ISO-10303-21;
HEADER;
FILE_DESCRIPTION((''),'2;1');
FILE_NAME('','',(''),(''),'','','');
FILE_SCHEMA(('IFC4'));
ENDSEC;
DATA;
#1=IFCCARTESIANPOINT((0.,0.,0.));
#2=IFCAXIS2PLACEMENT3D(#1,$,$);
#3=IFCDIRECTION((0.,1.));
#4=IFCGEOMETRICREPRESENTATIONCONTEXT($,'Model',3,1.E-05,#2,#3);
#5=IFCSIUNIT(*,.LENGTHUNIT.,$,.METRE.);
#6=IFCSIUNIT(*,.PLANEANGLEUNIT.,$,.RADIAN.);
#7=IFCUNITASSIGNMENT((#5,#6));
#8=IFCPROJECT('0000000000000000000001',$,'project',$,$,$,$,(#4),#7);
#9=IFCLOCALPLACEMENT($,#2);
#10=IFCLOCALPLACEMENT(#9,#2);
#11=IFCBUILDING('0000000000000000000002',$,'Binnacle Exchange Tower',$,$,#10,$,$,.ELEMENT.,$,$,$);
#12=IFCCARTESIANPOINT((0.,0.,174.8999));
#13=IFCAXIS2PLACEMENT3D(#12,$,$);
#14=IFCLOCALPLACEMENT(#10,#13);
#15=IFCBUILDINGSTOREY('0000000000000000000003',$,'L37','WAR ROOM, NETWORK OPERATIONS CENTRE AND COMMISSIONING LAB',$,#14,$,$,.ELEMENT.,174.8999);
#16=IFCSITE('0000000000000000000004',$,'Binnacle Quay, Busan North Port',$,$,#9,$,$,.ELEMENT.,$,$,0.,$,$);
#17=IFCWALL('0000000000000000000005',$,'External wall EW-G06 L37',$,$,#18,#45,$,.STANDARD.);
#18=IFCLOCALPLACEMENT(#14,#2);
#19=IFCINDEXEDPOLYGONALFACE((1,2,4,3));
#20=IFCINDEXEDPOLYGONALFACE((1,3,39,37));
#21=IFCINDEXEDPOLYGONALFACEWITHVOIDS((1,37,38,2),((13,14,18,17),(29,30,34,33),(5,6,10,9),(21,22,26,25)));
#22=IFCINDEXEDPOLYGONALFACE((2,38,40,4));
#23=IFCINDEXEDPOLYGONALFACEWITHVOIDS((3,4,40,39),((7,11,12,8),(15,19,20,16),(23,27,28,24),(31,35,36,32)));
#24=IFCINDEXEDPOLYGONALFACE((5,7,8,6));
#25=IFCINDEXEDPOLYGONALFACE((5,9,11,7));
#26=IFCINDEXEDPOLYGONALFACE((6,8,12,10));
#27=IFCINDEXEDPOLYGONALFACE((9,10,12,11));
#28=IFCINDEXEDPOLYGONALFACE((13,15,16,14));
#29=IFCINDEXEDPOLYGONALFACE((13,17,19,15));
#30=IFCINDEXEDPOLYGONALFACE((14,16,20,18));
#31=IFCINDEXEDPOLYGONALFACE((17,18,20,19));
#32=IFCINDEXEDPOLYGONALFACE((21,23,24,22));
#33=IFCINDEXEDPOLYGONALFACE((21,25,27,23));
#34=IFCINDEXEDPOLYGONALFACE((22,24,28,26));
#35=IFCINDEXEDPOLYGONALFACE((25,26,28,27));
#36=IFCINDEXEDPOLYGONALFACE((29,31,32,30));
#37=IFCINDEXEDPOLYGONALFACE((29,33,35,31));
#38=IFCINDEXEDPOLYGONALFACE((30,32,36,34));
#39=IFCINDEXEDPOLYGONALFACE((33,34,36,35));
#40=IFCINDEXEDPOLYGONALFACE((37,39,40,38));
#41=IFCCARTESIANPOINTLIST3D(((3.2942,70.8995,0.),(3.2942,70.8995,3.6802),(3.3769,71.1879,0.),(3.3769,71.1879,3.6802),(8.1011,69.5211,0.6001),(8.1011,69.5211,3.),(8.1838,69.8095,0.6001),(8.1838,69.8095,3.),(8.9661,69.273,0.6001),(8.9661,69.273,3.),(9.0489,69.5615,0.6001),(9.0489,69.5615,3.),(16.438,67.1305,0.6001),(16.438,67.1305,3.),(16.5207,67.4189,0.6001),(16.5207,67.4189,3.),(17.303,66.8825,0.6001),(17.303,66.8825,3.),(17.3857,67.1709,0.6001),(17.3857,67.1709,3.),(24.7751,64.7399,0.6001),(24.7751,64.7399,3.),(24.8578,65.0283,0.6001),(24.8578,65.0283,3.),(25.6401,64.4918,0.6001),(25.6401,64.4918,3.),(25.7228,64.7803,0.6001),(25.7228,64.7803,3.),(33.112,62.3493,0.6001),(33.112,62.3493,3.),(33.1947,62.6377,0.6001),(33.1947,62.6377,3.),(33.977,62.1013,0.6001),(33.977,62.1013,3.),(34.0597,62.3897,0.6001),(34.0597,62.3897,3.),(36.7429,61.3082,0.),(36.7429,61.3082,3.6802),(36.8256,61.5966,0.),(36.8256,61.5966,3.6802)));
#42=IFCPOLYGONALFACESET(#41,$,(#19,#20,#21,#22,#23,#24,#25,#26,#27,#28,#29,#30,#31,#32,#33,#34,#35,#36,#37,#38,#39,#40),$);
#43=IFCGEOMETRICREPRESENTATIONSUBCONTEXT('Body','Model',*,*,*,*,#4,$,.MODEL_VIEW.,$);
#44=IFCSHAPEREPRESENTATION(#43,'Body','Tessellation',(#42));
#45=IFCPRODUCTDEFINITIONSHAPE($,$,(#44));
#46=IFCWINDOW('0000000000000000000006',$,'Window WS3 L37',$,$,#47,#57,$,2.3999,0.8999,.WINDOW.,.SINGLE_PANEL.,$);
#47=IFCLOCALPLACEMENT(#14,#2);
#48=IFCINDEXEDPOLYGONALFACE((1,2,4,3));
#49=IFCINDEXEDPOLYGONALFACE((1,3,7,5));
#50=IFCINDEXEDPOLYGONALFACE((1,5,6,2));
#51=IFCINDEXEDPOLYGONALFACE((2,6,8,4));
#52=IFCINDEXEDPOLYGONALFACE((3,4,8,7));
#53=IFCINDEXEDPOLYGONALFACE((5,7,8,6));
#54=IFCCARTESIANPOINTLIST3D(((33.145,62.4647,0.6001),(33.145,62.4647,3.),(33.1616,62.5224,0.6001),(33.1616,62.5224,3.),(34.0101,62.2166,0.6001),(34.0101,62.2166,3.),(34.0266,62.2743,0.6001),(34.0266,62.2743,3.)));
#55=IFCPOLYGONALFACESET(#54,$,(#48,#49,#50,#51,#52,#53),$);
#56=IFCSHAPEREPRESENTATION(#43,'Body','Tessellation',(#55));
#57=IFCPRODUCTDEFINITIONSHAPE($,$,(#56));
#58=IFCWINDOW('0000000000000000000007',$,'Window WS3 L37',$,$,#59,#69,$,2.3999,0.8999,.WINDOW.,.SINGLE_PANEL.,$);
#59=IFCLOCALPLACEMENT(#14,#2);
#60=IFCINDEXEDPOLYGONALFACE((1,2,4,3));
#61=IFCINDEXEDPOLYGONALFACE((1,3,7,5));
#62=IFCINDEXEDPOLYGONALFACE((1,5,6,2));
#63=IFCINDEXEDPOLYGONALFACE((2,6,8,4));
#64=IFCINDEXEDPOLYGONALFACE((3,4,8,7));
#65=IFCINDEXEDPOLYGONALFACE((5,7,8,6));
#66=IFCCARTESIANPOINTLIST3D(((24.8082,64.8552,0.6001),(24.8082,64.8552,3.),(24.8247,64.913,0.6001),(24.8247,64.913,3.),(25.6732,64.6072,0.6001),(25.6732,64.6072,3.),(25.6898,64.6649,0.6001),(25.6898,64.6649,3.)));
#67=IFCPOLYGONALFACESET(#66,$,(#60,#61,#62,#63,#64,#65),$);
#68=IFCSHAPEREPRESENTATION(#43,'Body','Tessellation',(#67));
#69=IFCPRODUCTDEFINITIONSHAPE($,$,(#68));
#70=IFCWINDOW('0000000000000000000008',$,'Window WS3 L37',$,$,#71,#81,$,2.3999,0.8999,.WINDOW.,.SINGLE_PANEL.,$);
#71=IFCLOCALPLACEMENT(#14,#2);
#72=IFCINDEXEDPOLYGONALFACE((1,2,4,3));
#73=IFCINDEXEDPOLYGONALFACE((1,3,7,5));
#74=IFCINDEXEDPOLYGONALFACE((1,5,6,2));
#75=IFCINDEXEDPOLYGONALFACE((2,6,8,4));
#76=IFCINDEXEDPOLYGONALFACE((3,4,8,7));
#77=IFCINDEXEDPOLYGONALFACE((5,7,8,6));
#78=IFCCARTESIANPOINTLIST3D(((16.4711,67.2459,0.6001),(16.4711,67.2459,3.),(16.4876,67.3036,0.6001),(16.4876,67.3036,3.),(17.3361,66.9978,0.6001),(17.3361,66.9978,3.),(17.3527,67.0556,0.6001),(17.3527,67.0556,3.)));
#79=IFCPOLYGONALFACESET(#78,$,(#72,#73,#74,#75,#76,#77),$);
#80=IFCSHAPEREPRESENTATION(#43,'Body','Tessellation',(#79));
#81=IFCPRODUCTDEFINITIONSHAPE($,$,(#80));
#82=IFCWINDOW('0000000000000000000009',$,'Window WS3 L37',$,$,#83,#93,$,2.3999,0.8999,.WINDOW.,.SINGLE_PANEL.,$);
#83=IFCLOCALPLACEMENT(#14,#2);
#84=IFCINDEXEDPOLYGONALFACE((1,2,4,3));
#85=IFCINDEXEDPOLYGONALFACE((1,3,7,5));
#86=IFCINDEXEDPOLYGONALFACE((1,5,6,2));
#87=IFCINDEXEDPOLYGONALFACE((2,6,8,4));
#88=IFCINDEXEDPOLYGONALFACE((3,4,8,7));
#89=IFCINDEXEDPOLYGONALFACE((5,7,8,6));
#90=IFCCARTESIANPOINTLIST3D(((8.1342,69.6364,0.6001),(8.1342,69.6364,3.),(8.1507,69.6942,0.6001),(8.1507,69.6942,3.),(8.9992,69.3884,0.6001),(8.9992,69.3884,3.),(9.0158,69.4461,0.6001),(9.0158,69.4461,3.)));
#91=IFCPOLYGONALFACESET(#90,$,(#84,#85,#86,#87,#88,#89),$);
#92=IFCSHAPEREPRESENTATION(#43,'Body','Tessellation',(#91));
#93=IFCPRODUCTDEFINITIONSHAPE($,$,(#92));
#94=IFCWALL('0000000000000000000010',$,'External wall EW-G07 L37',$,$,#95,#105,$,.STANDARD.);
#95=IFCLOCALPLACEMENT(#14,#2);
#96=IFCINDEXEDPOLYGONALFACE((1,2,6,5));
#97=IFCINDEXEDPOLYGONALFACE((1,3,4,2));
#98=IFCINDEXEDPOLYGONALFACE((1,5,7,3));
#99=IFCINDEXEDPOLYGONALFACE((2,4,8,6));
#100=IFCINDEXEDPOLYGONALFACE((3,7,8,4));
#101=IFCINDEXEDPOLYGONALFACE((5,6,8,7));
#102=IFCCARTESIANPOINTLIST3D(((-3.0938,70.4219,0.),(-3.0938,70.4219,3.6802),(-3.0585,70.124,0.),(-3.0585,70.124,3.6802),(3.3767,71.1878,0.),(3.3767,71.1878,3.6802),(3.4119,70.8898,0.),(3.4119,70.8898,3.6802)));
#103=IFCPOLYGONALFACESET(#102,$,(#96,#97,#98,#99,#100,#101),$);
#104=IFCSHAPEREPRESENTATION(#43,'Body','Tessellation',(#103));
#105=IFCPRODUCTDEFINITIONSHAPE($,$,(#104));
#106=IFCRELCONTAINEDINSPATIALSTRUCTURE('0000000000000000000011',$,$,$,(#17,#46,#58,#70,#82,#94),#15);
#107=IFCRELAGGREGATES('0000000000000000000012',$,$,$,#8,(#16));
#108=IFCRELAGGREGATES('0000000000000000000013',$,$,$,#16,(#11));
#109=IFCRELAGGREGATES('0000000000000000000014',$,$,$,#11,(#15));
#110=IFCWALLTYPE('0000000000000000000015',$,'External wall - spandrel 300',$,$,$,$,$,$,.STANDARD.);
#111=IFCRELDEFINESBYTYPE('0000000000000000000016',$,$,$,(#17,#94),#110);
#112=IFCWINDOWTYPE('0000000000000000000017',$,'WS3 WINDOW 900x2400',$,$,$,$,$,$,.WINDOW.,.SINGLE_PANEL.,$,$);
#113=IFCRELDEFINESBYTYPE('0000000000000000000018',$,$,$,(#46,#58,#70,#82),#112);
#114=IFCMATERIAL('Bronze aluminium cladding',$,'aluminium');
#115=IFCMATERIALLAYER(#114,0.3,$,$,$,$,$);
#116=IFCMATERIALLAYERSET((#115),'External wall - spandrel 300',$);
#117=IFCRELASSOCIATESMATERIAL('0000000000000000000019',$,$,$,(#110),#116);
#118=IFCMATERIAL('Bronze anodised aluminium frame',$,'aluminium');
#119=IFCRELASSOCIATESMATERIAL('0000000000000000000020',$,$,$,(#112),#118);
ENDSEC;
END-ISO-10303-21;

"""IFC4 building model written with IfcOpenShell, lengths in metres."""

from ifc_helpers import new_model, si_unit, direction, frame, frame_2d, origin, place, context, subcontext, project, spatial, rectangle, extrude, material, layer, layer_set, type_object, element, fill, save


model = new_model("IFC4")

# Units and contexts
model_context = context("Model", 3, precision=1e-05, world=origin(), true_north=direction((0.0, 1.0)))
body_context = subcontext(model_context, "Body", "Model", "MODEL_VIEW")
ifc_project = project(units=[si_unit("LENGTHUNIT", "METRE"), si_unit("PLANEANGLEUNIT", "RADIAN")], contexts=[model_context])

# Site, building, storey
site_placement = place(None, origin())
site = spatial("IfcSite", under=ifc_project, at=site_placement, Name="Binnacle Quay, Busan North Port", CompositionType="ELEMENT", RefElevation=0.0)
building_placement = place(site_placement, origin())
building = spatial("IfcBuilding", under=site, at=building_placement, Name="Binnacle Exchange Tower", CompositionType="ELEMENT")
storey_placement = place(building_placement, frame((0.0, 0.0, 174.8999)))
storey = spatial("IfcBuildingStorey", under=building, at=storey_placement, Name="L37", Description="WAR ROOM, NETWORK OPERATIONS CENTRE AND COMMISSIONING LAB", CompositionType="ELEMENT", Elevation=174.8999)

# Wall, openings, windows
ifc_material_1 = material(Name="Bronze aluminium cladding", Category="aluminium")
ifc_layer = layer(ifc_material_1, 0.3)
ifc_layer_set = layer_set([ifc_layer], Name="External wall - spandrel 300")
wall_type = type_object("IfcWallType", Name="External wall - spandrel 300", PredefinedType="STANDARD", material=ifc_layer_set)
wall_1_placement = place(storey_placement, frame((3.3354, 71.0437, 0.0), z_axis=(0.0, 0.0, 1.0), x_axis=(0.961261, -0.275638, 0.0)))
wall_1 = element("IfcWall", 1, at=wall_1_placement, inside=storey, type_object=wall_type, Name="External wall EW-G06 L37", PredefinedType="STANDARD", context=body_context, shape_type="SweptSolid", body=[
    extrude(rectangle(XDim=34.7966, YDim=0.3, at=frame_2d((17.3984, 0.0))), origin(), (0.0, 0.0, 1.0), 3.6802),
])
opening_1_placement = place(wall_1_placement, frame((31.0195, 0.0, 0.6001)))
opening_1 = element("IfcOpeningElement", 2, at=opening_1_placement, cuts=wall_1, PredefinedType="OPENING", context=body_context, shape_type="SweptSolid", body=[
    extrude(rectangle(XDim=0.8999, YDim=2.3999, at=frame_2d((0.45, 1.2))), frame((0.0, 0.1599, 0.0), z_axis=(0.0, -1.0, 0.0), x_axis=(1.0, 0.0, 0.0)), (0.0, 0.0, 1.0), 0.3201),
])
opening_2_placement = place(wall_1_placement, frame((22.3467, 0.0, 0.6001)))
opening_2 = element("IfcOpeningElement", 3, at=opening_2_placement, cuts=wall_1, PredefinedType="OPENING", context=body_context, shape_type="SweptSolid", body=[
    extrude(rectangle(XDim=0.8999, YDim=2.3999, at=frame_2d((0.45, 1.2))), frame((0.0, 0.1599, 0.0), z_axis=(0.0, -1.0, 0.0), x_axis=(1.0, 0.0, 0.0)), (0.0, 0.0, 1.0), 0.3201),
])
opening_3_placement = place(wall_1_placement, frame((13.6736, 0.0, 0.6001)))
opening_3 = element("IfcOpeningElement", 4, at=opening_3_placement, cuts=wall_1, PredefinedType="OPENING", context=body_context, shape_type="SweptSolid", body=[
    extrude(rectangle(XDim=0.8999, YDim=2.3999, at=frame_2d((0.45, 1.2))), frame((0.0, 0.1599, 0.0), z_axis=(0.0, -1.0, 0.0), x_axis=(1.0, 0.0, 0.0)), (0.0, 0.0, 1.0), 0.3201),
])
opening_4_placement = place(wall_1_placement, frame((5.0007, 0.0, 0.6001)))
opening_4 = element("IfcOpeningElement", 5, at=opening_4_placement, cuts=wall_1, PredefinedType="OPENING", context=body_context, shape_type="SweptSolid", body=[
    extrude(rectangle(XDim=0.8999, YDim=2.3999, at=frame_2d((0.45, 1.2))), frame((0.0, 0.1599, 0.0), z_axis=(0.0, -1.0, 0.0), x_axis=(1.0, 0.0, 0.0)), (0.0, 0.0, 1.0), 0.3201),
])
ifc_material_2 = material(Name="Bronze anodised aluminium frame", Category="aluminium")
window_type = type_object("IfcWindowType", Name="WS3 WINDOW 900x2400", PartitioningType="SINGLE_PANEL", PredefinedType="WINDOW", material=ifc_material_2)
window_1_placement = place(opening_1_placement, origin())
window_1 = element("IfcWindow", 6, at=window_1_placement, inside=storey, type_object=window_type, Name="Window WS3 L37", OverallHeight=2.3999, OverallWidth=0.8999, PartitioningType="SINGLE_PANEL", PredefinedType="WINDOW", context=body_context, shape_type="SweptSolid", body=[
    extrude(rectangle(XDim=0.8999, YDim=2.3999, at=frame_2d((0.45, 1.2))), frame((0.0, 0.03, 0.0), z_axis=(0.0, -1.0, 0.0), x_axis=(1.0, 0.0, 0.0)), (0.0, 0.0, 1.0), 0.0601),
])
fill(opening_1, window_1)
window_2_placement = place(opening_2_placement, origin())
window_2 = element("IfcWindow", 7, at=window_2_placement, inside=storey, type_object=window_type, Name="Window WS3 L37", OverallHeight=2.3999, OverallWidth=0.8999, PartitioningType="SINGLE_PANEL", PredefinedType="WINDOW", context=body_context, shape_type="SweptSolid", body=[
    extrude(rectangle(XDim=0.8999, YDim=2.3999, at=frame_2d((0.45, 1.2))), frame((0.0, 0.03, 0.0), z_axis=(0.0, -1.0, 0.0), x_axis=(1.0, 0.0, 0.0)), (0.0, 0.0, 1.0), 0.0601),
])
fill(opening_2, window_2)
window_3_placement = place(opening_3_placement, origin())
window_3 = element("IfcWindow", 8, at=window_3_placement, inside=storey, type_object=window_type, Name="Window WS3 L37", OverallHeight=2.3999, OverallWidth=0.8999, PartitioningType="SINGLE_PANEL", PredefinedType="WINDOW", context=body_context, shape_type="SweptSolid", body=[
    extrude(rectangle(XDim=0.8999, YDim=2.3999, at=frame_2d((0.45, 1.2))), frame((0.0, 0.03, 0.0), z_axis=(0.0, -1.0, 0.0), x_axis=(1.0, 0.0, 0.0)), (0.0, 0.0, 1.0), 0.0601),
])
fill(opening_3, window_3)
window_4_placement = place(opening_4_placement, origin())
window_4 = element("IfcWindow", 9, at=window_4_placement, inside=storey, type_object=window_type, Name="Window WS3 L37", OverallHeight=2.3999, OverallWidth=0.8999, PartitioningType="SINGLE_PANEL", PredefinedType="WINDOW", context=body_context, shape_type="SweptSolid", body=[
    extrude(rectangle(XDim=0.8999, YDim=2.3999, at=frame_2d((0.45, 1.2))), frame((0.0, 0.03, 0.0), z_axis=(0.0, -1.0, 0.0), x_axis=(1.0, 0.0, 0.0)), (0.0, 0.0, 1.0), 0.0601),
])
fill(opening_4, window_4)

# Wall
wall_2_placement = place(storey_placement, frame((-3.0762, 70.2729, 0.0), z_axis=(0.0, 0.0, 1.0), x_axis=(0.993068, 0.117543, 0.0)))
element("IfcWall", 10, at=wall_2_placement, inside=storey, type_object=wall_type, Name="External wall EW-G07 L37", PredefinedType="STANDARD", context=body_context, shape_type="SweptSolid", body=[
    extrude(rectangle(XDim=6.5156, YDim=0.3, at=frame_2d((3.2578, 0.0))), origin(), (0.0, 0.0, 1.0), 3.6802),
])

save(model, "model.ifc")
